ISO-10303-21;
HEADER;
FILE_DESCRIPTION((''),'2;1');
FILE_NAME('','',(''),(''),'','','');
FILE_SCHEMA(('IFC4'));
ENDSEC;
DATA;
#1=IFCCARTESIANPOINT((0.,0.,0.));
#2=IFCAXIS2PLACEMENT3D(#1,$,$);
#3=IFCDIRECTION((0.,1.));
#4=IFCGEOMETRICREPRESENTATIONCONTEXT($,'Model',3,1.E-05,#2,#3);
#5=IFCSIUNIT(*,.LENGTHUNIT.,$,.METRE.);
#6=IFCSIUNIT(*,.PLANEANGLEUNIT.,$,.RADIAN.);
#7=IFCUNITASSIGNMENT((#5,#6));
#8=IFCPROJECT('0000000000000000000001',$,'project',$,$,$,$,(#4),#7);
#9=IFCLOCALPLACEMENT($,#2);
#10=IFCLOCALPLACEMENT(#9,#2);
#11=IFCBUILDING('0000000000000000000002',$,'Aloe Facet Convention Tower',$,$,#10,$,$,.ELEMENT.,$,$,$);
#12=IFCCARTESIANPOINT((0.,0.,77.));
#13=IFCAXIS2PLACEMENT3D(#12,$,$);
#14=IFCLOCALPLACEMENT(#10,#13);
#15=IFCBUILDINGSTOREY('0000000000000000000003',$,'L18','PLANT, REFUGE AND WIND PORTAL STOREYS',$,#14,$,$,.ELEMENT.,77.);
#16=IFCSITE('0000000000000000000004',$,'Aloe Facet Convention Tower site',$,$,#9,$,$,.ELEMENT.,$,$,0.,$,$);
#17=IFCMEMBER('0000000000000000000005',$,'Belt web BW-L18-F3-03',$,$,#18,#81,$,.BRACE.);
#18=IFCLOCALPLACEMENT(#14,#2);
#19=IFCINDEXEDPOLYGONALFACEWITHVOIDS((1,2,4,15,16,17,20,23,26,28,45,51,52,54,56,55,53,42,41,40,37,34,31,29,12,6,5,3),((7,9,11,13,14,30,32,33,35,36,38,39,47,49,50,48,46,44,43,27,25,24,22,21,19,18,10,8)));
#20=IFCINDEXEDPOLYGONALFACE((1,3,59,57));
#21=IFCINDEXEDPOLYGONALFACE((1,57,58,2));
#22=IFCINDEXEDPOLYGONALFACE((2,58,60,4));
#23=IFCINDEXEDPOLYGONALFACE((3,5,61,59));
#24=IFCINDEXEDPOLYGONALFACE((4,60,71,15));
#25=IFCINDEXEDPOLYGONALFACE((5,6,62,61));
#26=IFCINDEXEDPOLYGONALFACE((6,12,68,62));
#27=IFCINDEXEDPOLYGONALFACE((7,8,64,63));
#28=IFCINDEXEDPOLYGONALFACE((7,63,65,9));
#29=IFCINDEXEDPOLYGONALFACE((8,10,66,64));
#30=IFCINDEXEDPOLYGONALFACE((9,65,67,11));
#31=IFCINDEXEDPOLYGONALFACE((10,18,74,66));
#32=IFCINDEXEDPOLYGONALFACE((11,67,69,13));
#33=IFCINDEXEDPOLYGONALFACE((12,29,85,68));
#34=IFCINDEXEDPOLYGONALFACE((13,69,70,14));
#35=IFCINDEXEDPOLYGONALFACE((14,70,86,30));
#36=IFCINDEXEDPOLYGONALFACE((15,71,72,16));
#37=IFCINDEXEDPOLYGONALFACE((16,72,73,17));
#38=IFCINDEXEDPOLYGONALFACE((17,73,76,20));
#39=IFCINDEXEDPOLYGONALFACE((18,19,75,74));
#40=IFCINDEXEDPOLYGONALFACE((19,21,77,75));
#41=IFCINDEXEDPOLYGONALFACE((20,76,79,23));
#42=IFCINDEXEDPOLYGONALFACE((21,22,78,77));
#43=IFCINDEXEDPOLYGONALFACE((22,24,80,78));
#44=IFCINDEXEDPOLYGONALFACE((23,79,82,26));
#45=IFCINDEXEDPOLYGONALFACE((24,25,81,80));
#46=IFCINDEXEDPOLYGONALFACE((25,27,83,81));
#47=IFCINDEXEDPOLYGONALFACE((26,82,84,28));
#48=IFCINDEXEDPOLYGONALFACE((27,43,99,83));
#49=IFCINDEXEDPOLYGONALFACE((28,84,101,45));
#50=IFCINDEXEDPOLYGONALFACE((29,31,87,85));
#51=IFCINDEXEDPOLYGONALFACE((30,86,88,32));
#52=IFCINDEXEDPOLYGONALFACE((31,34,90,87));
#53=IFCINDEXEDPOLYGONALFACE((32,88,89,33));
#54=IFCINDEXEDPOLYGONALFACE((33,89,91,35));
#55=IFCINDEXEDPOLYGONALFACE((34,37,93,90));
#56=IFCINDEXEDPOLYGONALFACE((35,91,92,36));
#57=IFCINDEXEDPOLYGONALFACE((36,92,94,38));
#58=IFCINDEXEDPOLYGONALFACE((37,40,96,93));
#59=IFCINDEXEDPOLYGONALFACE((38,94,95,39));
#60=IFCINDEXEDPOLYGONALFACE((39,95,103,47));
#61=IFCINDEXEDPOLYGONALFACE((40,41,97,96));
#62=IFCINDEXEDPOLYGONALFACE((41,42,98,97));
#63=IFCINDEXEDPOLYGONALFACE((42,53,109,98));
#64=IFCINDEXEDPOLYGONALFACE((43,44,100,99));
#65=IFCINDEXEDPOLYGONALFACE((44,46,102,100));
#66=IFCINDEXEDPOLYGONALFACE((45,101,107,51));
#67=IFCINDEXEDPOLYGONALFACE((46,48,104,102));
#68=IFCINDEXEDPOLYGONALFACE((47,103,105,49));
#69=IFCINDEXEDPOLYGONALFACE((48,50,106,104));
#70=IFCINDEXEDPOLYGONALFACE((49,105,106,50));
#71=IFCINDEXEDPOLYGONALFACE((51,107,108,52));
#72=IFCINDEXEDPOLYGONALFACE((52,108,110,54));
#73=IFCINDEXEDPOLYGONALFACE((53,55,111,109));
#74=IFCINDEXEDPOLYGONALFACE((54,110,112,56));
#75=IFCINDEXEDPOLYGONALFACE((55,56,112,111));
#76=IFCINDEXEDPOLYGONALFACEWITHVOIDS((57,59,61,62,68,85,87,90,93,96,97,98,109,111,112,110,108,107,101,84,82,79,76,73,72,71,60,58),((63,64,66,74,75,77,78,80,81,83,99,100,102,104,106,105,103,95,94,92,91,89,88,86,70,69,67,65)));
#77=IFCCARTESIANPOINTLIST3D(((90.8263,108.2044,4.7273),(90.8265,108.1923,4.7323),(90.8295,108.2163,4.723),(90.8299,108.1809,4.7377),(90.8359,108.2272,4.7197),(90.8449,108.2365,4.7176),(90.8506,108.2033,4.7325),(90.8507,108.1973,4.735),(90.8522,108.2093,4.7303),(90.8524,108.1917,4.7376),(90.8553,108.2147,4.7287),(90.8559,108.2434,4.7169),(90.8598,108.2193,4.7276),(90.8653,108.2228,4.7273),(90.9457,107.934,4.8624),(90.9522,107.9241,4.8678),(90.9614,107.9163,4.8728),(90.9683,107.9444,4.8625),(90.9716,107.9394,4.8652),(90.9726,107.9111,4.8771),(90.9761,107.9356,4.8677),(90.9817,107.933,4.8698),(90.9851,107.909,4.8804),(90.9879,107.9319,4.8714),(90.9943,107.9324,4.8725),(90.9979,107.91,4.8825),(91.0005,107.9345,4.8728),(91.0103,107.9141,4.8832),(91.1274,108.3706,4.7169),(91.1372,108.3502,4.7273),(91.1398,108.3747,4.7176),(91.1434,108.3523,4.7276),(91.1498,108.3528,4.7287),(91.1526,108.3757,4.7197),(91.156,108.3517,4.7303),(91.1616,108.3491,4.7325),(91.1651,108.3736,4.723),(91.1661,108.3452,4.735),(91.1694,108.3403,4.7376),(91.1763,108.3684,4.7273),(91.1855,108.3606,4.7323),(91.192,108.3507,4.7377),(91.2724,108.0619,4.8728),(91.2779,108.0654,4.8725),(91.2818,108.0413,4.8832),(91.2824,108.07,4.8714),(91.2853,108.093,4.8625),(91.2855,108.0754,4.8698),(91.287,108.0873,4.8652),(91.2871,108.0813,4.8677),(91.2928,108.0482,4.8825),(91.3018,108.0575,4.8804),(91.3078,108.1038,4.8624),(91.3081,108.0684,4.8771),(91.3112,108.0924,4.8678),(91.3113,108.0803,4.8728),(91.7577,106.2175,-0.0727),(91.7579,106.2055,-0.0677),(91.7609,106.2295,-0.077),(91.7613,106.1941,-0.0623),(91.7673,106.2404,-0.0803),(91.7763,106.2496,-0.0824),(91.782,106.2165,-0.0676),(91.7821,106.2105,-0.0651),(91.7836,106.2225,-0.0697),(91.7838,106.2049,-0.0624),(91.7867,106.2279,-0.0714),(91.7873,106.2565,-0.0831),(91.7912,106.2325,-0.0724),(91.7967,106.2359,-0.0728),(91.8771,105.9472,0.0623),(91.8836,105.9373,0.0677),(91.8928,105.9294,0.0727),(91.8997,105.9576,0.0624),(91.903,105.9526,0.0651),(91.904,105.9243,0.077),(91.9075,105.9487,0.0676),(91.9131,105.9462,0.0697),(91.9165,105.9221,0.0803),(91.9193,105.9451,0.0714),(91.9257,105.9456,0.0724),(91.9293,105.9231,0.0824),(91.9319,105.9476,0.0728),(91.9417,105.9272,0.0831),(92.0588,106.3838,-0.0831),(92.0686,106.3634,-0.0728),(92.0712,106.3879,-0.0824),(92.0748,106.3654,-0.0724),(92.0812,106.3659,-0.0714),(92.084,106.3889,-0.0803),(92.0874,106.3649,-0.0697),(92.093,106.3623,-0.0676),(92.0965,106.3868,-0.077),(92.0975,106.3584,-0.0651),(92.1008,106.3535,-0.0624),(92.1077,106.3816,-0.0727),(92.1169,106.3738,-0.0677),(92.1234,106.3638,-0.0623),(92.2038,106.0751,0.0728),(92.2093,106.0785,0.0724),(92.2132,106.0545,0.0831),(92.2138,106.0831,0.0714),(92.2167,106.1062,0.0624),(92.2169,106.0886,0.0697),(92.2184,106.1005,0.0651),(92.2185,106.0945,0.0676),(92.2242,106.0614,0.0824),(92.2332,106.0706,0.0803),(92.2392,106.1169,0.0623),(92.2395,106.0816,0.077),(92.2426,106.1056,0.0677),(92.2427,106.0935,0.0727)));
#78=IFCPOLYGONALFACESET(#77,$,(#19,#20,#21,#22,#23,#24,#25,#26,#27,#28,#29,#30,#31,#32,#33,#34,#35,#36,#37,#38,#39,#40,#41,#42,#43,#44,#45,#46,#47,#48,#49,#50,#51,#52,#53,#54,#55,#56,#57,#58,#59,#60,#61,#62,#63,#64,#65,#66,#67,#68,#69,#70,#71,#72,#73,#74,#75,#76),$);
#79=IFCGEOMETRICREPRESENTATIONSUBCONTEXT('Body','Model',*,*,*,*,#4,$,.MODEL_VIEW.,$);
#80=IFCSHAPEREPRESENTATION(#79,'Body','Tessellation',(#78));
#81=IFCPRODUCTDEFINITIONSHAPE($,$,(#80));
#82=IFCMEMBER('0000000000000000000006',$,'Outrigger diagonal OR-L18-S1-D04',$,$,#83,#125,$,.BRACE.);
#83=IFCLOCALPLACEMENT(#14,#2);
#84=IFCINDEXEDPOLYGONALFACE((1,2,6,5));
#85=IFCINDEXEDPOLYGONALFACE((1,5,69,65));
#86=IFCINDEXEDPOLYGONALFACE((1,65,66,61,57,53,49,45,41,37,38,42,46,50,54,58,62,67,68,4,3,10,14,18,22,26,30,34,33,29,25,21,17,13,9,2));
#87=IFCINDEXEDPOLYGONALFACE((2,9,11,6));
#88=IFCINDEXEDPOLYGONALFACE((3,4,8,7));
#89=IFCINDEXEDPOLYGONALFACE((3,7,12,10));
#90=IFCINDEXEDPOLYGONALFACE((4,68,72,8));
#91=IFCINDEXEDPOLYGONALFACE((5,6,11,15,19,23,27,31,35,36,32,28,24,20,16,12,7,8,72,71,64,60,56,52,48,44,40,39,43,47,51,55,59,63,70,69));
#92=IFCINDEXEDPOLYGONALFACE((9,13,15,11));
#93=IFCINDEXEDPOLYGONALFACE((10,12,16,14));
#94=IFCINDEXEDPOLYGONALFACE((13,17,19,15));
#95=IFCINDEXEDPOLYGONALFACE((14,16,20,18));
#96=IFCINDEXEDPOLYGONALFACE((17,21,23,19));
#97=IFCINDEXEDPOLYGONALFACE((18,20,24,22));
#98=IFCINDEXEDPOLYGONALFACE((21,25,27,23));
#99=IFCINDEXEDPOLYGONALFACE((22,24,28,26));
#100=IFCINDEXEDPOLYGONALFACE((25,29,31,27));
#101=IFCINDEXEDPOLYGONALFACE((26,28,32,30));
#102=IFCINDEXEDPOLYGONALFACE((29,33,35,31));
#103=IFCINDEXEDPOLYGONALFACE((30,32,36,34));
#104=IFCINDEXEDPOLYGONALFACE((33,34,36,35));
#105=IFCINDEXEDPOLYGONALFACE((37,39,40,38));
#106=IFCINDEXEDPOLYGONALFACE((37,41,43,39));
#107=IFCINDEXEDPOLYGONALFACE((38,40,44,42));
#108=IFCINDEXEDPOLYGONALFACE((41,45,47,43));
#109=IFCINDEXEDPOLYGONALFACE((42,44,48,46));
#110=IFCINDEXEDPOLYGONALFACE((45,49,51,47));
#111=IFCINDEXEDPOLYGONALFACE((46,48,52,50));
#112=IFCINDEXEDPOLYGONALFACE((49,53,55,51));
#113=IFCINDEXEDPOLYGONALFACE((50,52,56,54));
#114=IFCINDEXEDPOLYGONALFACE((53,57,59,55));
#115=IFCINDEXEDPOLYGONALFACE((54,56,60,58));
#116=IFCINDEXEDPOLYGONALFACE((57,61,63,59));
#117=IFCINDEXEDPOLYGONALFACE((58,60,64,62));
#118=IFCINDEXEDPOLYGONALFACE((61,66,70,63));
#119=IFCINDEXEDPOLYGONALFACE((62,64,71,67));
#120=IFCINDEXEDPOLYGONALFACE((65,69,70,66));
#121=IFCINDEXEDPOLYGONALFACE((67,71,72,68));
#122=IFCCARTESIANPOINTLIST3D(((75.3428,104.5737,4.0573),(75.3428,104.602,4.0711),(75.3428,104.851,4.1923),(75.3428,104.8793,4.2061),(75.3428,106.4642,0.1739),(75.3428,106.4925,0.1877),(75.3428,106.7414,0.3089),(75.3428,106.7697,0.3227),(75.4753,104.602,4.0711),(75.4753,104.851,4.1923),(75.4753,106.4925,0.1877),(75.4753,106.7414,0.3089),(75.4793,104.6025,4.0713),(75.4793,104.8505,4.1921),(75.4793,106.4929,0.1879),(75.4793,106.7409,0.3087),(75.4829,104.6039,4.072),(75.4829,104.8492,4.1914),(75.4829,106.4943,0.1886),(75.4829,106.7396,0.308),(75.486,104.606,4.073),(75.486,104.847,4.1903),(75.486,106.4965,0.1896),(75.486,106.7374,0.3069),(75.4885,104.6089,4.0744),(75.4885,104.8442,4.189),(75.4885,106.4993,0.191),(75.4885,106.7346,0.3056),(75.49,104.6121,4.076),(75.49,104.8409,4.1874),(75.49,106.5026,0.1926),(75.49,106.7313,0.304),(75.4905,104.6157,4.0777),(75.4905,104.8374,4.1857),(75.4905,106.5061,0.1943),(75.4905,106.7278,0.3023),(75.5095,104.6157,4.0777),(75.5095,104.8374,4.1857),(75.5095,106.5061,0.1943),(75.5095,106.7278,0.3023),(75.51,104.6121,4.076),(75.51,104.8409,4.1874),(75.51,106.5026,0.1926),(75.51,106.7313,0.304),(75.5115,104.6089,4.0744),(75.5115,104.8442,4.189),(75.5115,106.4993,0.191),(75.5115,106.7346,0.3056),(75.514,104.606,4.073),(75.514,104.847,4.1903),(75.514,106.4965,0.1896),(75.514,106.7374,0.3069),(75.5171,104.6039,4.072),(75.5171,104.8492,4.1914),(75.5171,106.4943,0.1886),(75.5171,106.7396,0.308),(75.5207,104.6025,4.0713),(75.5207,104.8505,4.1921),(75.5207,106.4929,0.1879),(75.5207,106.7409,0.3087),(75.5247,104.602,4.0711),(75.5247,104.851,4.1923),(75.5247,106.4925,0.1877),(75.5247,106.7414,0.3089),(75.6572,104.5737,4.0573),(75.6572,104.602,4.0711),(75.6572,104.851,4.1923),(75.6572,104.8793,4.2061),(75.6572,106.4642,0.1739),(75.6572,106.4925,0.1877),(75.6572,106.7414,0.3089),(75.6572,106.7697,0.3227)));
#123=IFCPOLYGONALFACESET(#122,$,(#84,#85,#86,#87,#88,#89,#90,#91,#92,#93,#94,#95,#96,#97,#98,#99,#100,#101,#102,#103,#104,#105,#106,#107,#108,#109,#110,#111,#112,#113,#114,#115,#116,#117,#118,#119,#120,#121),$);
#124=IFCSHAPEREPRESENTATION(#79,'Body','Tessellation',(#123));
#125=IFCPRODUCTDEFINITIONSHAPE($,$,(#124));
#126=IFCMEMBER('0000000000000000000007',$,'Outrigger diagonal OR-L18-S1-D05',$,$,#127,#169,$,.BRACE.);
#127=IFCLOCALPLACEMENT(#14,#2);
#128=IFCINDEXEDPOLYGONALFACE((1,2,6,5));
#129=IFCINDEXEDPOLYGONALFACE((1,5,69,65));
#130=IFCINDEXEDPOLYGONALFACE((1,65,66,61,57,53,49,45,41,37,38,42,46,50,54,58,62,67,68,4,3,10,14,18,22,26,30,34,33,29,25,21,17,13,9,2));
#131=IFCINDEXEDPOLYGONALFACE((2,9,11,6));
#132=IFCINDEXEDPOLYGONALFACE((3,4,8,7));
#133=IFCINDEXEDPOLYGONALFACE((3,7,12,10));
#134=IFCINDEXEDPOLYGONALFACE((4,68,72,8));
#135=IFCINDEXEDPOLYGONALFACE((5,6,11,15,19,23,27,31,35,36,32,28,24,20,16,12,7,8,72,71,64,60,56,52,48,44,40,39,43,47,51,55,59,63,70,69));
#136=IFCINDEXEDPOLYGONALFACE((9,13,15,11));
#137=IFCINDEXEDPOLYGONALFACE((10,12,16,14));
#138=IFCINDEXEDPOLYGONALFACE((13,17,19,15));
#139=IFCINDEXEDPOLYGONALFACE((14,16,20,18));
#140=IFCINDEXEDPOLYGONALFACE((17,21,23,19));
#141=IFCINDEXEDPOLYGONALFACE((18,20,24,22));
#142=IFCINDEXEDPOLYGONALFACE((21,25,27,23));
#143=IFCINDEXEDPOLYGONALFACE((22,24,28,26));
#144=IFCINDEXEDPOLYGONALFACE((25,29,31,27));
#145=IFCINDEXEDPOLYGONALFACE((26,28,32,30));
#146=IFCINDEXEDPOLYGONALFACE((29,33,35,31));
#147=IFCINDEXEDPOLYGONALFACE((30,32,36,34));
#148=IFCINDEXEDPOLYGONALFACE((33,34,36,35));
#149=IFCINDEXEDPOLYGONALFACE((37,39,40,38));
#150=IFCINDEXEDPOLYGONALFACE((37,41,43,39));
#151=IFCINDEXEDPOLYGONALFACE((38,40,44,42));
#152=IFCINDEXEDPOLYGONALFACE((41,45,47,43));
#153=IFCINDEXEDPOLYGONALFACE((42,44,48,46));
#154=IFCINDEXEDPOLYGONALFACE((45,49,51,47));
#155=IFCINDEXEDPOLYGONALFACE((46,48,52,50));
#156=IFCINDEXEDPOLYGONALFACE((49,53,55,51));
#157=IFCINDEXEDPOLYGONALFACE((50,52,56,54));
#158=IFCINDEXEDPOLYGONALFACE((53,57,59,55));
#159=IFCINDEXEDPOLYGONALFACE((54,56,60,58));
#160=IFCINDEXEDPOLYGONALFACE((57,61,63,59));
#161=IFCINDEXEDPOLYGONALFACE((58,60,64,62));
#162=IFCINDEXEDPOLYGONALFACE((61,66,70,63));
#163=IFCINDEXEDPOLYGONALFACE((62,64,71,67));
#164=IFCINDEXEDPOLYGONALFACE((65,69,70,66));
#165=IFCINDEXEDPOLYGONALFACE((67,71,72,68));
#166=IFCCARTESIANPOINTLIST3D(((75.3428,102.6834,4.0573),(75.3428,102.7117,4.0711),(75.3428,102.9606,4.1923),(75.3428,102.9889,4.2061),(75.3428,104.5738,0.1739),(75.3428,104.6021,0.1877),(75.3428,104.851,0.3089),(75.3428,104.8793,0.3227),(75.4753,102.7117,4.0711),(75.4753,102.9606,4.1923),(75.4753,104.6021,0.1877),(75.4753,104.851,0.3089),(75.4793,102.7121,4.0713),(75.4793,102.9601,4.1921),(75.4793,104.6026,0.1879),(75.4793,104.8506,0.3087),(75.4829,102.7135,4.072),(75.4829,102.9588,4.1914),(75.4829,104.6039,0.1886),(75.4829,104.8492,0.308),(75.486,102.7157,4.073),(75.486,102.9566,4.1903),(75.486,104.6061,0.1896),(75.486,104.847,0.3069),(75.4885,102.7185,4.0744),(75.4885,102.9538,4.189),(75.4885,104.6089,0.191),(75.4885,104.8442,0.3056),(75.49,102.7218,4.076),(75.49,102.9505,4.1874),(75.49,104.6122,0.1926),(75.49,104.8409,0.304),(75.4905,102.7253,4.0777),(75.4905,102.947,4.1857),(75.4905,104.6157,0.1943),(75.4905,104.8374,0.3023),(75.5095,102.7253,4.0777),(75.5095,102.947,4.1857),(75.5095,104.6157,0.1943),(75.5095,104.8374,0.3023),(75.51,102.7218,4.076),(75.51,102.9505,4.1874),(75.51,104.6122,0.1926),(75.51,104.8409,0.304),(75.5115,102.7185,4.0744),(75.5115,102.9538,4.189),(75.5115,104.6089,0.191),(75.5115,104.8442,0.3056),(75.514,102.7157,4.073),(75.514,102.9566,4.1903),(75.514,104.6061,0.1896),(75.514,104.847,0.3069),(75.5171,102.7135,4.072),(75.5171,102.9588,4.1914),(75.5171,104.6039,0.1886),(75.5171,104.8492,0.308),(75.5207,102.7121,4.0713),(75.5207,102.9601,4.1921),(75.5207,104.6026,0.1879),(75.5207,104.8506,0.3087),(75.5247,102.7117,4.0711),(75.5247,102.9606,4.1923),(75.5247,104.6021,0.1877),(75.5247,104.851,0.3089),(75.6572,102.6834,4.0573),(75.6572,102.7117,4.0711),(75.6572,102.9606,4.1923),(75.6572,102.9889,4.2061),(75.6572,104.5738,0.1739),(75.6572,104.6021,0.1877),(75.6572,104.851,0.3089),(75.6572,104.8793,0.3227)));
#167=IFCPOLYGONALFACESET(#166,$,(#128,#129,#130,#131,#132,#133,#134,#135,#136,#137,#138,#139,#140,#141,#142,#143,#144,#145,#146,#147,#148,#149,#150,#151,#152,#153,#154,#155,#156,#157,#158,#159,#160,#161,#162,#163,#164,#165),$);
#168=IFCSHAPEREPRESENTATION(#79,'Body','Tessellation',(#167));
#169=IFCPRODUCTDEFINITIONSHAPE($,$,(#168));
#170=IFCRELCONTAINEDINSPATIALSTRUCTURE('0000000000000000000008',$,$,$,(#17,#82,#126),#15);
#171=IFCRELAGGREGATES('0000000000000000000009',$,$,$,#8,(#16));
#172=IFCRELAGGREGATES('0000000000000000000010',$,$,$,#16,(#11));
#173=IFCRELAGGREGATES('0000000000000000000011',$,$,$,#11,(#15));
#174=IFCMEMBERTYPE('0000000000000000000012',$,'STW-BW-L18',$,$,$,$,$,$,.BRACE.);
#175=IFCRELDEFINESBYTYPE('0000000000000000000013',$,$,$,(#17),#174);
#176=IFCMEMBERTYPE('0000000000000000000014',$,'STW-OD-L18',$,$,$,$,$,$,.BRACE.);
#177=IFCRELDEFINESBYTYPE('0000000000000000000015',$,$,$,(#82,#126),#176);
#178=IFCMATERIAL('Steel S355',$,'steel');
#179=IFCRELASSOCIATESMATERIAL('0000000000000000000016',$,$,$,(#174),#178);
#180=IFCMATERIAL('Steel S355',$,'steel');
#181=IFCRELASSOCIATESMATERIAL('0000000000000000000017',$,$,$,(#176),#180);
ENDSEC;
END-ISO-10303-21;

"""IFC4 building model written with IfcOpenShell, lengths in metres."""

from ifc_helpers import new_model, si_unit, direction, frame, origin, origin_2d, place, context, subcontext, project, spatial, hollow_rectangle, i_section, extrude, material, material_profile, profile_set, type_object, element, save


model = new_model("IFC4")

# Units and contexts
model_context = context("Model", 3, precision=1e-05, world=origin(), true_north=direction((0.0, 1.0)))
body_context = subcontext(model_context, "Body", "Model", "MODEL_VIEW")
ifc_project = project(units=[si_unit("LENGTHUNIT", "METRE"), si_unit("PLANEANGLEUNIT", "RADIAN")], contexts=[model_context])

# Site, building, storey
site_placement = place(None, origin())
site = spatial("IfcSite", under=ifc_project, at=site_placement, Name="Aloe Facet Convention Tower site", CompositionType="ELEMENT", RefElevation=0.0)
building_placement = place(site_placement, origin())
building = spatial("IfcBuilding", under=site, at=building_placement, Name="Aloe Facet Convention Tower", CompositionType="ELEMENT")
storey_placement = place(building_placement, frame((0.0, 0.0, 77.0)))
storey = spatial("IfcBuildingStorey", under=building, at=storey_placement, Name="L18", Description="PLANT, REFUGE AND WIND PORTAL STOREYS", CompositionType="ELEMENT", Elevation=77.0)

# Members
ifc_material_1 = material(Name="Steel S355", Category="steel")
ifc_material_profile_1 = material_profile(ifc_material_1, hollow_rectangle(XDim=0.3999, YDim=0.3999, WallThickness=0.0249, InnerFilletRadius=0.0249, OuterFilletRadius=0.05, at=origin_2d()), Name="SHS 400x400x25")
ifc_profile_set_1 = profile_set([ifc_material_profile_1], Name="Steel S355")
member_type_1 = type_object("IfcMemberType", Name="STW-BW-L18", PredefinedType="BRACE", material=ifc_profile_set_1)
member_1_placement = place(storey_placement, frame((92.0002, 106.1555, 0.0), z_axis=(-0.176474, 0.376446, 0.909475), x_axis=(-0.905446, -0.424462, 0.0)))
element("IfcMember", 1, at=member_1_placement, inside=storey, type_object=member_type_1, Name="Belt web BW-L18-F3-03", PredefinedType="BRACE", context=body_context, shape_type="SweptSolid", body=[
    extrude(hollow_rectangle(XDim=0.3999, YDim=0.3999, WallThickness=0.0249, InnerFilletRadius=0.0249, OuterFilletRadius=0.05, at=origin_2d()), origin(), (0.0, 0.0, 1.0), 5.2778),
])
ifc_material_2 = material(Name="Steel S355", Category="steel")
ifc_material_profile_2 = material_profile(ifc_material_2, i_section(OverallWidth=0.3145, OverallDepth=0.3398, WebThickness=0.019, FlangeThickness=0.0315, FilletRadius=0.0151, at=origin_2d()), Name="UC 305x305x198")
ifc_profile_set_2 = profile_set([ifc_material_profile_2], Name="Steel S355")
member_type_2 = type_object("IfcMemberType", Name="STW-OD-L18", PredefinedType="BRACE", material=ifc_profile_set_2)
for number, where, z_axis, x_axis, name in (
    (2, (75.5, 106.6169, 0.2483), (0.0, -0.437692, 0.899125), (1.0, 0.0, 0.0), "Outrigger diagonal OR-L18-S1-D04"),
    (3, (75.5, 104.7266, 0.2483), (0.0, -0.437692, 0.899125), (1.0, 0.0, 0.0), "Outrigger diagonal OR-L18-S1-D05"),
):
    element("IfcMember", number, at=place(storey_placement, frame(where, z_axis=z_axis, x_axis=x_axis)), inside=storey, type_object=member_type_2, Name=name, PredefinedType="BRACE", context=body_context, shape_type="SweptSolid", body=[
        extrude(i_section(OverallWidth=0.3145, OverallDepth=0.3398, WebThickness=0.019, FlangeThickness=0.0315, FilletRadius=0.0151, at=origin_2d()), origin(), (0.0, 0.0, 1.0), 4.3191),
    ])

save(model, "model.ifc")
